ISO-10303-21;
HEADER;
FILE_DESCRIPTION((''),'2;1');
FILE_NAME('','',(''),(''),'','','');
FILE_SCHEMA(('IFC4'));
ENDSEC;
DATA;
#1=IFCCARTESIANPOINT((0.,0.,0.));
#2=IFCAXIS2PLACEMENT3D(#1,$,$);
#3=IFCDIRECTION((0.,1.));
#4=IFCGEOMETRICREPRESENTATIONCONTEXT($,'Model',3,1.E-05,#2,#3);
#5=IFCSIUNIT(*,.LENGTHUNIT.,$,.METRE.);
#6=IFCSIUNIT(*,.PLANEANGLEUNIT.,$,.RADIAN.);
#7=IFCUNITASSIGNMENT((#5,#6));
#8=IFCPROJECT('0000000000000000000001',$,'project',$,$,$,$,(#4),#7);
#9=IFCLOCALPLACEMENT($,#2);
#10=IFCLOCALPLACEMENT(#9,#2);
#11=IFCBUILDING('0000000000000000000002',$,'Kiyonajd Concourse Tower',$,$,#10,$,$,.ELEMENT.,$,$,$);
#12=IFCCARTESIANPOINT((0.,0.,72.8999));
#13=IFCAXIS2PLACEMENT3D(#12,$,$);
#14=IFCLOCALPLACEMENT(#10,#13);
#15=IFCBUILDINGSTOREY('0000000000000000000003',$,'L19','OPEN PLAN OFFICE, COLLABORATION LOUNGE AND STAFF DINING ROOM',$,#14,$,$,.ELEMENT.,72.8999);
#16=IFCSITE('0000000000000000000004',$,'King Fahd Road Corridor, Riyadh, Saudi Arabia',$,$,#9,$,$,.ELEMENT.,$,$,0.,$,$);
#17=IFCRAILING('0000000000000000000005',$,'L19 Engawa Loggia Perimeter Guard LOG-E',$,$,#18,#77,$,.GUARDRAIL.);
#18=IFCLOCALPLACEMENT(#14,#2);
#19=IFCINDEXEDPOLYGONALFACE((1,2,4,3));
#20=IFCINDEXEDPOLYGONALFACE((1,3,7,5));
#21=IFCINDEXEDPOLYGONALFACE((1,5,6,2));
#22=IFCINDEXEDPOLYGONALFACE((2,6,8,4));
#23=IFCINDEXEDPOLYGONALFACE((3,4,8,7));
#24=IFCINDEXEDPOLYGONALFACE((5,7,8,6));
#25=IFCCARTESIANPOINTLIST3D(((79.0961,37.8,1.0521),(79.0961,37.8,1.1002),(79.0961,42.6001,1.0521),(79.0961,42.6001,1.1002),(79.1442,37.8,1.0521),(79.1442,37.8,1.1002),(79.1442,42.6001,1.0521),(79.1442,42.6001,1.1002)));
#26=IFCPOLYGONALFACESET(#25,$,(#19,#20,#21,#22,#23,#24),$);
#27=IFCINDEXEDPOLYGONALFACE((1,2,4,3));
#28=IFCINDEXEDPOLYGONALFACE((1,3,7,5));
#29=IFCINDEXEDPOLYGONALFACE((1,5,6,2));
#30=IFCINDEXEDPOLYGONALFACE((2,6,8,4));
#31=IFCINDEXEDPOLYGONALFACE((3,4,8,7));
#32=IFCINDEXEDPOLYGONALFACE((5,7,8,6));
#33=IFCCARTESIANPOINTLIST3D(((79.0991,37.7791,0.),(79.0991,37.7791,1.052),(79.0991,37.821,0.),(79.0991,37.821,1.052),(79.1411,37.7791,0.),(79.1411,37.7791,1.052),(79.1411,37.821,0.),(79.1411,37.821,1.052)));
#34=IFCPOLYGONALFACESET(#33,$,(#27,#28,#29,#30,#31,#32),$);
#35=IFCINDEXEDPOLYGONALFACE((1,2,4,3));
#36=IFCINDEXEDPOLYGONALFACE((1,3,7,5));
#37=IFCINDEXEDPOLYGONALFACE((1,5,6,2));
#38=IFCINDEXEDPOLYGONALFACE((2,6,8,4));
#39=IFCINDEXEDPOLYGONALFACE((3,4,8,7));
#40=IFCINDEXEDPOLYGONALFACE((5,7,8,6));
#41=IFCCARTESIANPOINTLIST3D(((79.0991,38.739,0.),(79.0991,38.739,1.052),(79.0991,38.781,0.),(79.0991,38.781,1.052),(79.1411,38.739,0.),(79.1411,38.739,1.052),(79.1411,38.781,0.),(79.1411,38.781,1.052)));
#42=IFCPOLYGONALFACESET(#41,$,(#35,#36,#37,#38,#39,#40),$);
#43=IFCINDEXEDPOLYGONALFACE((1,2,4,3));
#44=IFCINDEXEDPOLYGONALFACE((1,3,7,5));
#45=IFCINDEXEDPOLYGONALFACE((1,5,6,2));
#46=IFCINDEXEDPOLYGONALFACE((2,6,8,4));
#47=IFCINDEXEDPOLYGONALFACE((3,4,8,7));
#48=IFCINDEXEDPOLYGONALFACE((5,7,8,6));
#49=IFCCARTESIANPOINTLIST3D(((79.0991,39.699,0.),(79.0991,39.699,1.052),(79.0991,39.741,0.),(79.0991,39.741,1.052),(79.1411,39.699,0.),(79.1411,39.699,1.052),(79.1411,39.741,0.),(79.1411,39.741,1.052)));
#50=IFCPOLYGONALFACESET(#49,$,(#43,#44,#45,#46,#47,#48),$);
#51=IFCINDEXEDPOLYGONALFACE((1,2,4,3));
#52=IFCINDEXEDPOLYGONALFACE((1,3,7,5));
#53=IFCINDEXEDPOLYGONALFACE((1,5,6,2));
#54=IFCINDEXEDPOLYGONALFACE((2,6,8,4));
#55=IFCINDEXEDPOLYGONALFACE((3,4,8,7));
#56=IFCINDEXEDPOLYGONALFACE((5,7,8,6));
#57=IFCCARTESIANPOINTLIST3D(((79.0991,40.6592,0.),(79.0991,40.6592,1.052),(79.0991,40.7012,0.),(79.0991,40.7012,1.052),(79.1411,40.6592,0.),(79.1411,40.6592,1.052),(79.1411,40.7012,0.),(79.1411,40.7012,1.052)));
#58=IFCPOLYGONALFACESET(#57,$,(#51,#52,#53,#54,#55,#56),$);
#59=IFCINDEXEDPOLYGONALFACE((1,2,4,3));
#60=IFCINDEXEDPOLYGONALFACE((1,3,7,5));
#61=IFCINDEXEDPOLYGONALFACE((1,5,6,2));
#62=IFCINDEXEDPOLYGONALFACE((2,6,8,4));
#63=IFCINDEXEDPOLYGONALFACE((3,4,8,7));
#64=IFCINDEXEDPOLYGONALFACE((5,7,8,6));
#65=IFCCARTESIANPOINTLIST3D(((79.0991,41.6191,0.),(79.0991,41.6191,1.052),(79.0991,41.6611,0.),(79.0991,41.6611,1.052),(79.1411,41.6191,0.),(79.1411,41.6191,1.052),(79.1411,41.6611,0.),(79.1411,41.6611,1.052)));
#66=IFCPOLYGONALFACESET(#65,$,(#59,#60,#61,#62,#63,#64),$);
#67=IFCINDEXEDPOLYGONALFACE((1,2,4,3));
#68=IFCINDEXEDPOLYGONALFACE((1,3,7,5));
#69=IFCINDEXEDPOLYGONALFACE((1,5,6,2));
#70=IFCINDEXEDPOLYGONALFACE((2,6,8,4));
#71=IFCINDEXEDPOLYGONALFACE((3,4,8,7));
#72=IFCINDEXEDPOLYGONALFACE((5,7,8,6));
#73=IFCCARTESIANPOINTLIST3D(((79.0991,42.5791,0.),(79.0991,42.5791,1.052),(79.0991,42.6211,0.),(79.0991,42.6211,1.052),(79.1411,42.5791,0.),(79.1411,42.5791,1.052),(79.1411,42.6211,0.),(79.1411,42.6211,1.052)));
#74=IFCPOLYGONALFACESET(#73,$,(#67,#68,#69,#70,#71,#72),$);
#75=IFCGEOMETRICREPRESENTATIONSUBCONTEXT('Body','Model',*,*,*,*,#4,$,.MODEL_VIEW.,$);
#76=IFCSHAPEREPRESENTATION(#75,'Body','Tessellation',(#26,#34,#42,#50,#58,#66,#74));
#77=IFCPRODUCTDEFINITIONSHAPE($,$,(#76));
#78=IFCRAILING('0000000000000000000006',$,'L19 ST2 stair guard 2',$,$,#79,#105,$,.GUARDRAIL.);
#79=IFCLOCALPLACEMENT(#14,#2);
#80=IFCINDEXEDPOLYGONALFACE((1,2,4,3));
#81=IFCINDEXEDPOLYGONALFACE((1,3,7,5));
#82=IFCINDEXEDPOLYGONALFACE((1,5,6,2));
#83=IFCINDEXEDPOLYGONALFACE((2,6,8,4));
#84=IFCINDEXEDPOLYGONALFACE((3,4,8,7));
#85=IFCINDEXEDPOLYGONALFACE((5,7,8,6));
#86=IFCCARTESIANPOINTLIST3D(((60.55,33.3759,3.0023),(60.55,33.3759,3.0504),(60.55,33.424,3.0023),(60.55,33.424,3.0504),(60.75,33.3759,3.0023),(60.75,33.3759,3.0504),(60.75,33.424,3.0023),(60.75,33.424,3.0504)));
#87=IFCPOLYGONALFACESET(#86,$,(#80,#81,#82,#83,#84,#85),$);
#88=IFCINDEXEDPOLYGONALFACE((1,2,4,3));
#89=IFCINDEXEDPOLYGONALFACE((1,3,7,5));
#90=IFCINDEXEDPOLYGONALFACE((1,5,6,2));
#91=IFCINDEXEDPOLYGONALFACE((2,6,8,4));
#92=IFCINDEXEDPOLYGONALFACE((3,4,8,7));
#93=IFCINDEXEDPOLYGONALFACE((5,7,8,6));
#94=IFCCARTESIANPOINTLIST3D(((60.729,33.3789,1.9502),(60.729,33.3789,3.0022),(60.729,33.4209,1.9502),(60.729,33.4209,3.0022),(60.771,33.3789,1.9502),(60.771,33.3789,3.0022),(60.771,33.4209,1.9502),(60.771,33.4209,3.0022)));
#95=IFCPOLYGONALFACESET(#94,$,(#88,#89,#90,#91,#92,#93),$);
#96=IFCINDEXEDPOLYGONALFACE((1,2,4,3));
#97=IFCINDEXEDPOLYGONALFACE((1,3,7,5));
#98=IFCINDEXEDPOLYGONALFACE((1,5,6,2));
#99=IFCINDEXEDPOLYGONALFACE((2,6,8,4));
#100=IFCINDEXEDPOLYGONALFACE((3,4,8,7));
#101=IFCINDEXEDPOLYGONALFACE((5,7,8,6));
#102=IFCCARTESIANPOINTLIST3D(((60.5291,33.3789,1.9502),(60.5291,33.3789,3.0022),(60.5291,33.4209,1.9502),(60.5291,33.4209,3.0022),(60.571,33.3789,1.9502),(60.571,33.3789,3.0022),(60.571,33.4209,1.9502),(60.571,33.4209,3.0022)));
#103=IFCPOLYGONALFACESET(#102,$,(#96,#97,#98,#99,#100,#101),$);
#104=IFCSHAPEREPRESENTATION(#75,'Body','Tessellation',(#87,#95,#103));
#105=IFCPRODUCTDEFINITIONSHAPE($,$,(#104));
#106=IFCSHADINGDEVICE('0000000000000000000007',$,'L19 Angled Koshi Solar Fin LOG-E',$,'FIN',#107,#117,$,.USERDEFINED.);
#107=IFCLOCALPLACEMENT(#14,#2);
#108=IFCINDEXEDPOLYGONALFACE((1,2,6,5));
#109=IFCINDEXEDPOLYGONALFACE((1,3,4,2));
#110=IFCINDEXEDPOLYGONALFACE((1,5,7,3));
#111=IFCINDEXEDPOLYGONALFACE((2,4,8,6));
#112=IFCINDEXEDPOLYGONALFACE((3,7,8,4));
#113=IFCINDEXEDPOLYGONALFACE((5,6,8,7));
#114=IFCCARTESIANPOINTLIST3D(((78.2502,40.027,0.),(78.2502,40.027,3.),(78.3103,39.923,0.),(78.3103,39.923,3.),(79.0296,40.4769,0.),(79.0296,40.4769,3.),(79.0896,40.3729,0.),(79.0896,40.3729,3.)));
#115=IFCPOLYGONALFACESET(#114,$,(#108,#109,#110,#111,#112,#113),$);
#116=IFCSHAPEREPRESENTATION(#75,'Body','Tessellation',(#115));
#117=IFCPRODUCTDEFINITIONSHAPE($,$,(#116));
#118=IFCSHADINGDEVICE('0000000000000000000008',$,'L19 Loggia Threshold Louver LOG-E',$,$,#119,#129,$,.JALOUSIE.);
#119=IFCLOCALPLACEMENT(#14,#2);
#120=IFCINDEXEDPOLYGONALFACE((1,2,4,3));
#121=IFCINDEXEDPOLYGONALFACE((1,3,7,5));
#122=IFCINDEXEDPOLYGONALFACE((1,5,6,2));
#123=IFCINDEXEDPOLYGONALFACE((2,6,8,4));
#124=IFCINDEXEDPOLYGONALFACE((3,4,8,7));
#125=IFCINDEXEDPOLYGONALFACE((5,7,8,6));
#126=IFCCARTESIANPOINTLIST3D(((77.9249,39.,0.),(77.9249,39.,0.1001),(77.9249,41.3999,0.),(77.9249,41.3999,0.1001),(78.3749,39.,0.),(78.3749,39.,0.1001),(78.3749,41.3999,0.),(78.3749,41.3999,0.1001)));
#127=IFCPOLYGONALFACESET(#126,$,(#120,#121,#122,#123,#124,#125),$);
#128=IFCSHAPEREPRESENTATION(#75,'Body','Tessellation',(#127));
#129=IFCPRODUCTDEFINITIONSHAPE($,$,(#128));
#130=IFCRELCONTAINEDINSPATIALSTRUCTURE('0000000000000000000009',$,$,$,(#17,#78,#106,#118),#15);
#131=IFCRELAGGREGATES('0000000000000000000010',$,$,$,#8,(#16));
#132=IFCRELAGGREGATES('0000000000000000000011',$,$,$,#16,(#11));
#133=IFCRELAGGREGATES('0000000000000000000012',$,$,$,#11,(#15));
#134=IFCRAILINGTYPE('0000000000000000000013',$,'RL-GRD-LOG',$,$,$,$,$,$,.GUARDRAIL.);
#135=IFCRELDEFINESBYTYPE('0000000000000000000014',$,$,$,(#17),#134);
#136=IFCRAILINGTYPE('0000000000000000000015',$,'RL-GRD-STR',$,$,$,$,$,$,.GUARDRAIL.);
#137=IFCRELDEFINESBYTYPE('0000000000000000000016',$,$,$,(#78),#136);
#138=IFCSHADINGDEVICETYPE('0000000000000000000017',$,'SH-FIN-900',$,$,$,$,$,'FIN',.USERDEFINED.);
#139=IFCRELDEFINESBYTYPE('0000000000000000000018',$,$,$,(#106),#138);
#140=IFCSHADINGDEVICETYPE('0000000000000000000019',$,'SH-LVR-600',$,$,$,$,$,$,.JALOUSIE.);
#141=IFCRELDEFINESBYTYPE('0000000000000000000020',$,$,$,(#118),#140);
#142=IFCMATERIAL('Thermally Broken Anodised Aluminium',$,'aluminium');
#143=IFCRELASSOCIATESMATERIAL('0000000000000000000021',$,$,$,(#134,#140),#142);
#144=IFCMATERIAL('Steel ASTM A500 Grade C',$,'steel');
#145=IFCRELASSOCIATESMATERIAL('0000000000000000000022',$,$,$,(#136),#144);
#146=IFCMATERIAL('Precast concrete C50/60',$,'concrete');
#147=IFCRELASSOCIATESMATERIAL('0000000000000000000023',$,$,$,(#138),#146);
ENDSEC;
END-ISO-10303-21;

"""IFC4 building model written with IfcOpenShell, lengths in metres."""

from ifc_helpers import new_model, si_unit, direction, frame, origin, origin_2d, place, context, subcontext, project, spatial, rectangle, extrude, material, type_object, element, save


model = new_model("IFC4")

# Units and contexts
model_context = context("Model", 3, precision=1e-05, world=origin(), true_north=direction((0.0, 1.0)))
body_context = subcontext(model_context, "Body", "Model", "MODEL_VIEW")
ifc_project = project(units=[si_unit("LENGTHUNIT", "METRE"), si_unit("PLANEANGLEUNIT", "RADIAN")], contexts=[model_context])

# Site, building, storey
site_placement = place(None, origin())
site = spatial("IfcSite", under=ifc_project, at=site_placement, Name="King Fahd Road Corridor, Riyadh, Saudi Arabia", CompositionType="ELEMENT", RefElevation=0.0)
building_placement = place(site_placement, origin())
building = spatial("IfcBuilding", under=site, at=building_placement, Name="Kiyonajd Concourse Tower", CompositionType="ELEMENT")
storey_placement = place(building_placement, frame((0.0, 0.0, 72.8999)))
storey = spatial("IfcBuildingStorey", under=building, at=storey_placement, Name="L19", Description="OPEN PLAN OFFICE, COLLABORATION LOUNGE AND STAFF DINING ROOM", CompositionType="ELEMENT", Elevation=72.8999)

# Shared definitions
ifc_material_1 = material(Name="Precast concrete C50/60", Category="concrete")

# Shared definitions
ifc_material_2 = material(Name="Thermally Broken Anodised Aluminium", Category="aluminium")

# Railings
railing_type_1 = type_object("IfcRailingType", Name="RL-GRD-LOG", PredefinedType="GUARDRAIL", material=ifc_material_2)
railing_1_placement = place(storey_placement, frame((79.1201, 37.8, 0.0)))
element("IfcRailing", 1, at=railing_1_placement, inside=storey, type_object=railing_type_1, Name="L19 Engawa Loggia Perimeter Guard LOG-E", PredefinedType="GUARDRAIL", context=body_context, shape_type="SweptSolid", body=[
    extrude(rectangle(XDim=0.0481, YDim=0.0481, at=origin_2d()), frame((0.0, 0.0, 1.0762), z_axis=(0.0, 1.0, 0.0), x_axis=(-1.0, 0.0, 0.0)), (0.0, 0.0, 1.0), 4.8),
    extrude(rectangle(XDim=0.042, YDim=0.042, at=origin_2d()), origin(), (0.0, 0.0, 1.0), 1.052),
    extrude(rectangle(XDim=0.042, YDim=0.042, at=origin_2d()), frame((0.0, 0.96, 0.0)), (0.0, 0.0, 1.0), 1.052),
    extrude(rectangle(XDim=0.042, YDim=0.042, at=origin_2d()), frame((0.0, 1.9199, 0.0)), (0.0, 0.0, 1.0), 1.052),
    extrude(rectangle(XDim=0.042, YDim=0.042, at=origin_2d()), frame((0.0, 2.8801, 0.0)), (0.0, 0.0, 1.0), 1.052),
    extrude(rectangle(XDim=0.042, YDim=0.042, at=origin_2d()), frame((0.0, 3.8401, 0.0)), (0.0, 0.0, 1.0), 1.052),
    extrude(rectangle(XDim=0.042, YDim=0.042, at=origin_2d()), frame((0.0, 4.8, 0.0)), (0.0, 0.0, 1.0), 1.052),
])
ifc_material_3 = material(Name="Steel ASTM A500 Grade C", Category="steel")
railing_type_2 = type_object("IfcRailingType", Name="RL-GRD-STR", PredefinedType="GUARDRAIL", material=ifc_material_3)
railing_2_placement = place(storey_placement, frame((60.75, 33.3999, 1.9502)))
element("IfcRailing", 2, at=railing_2_placement, inside=storey, type_object=railing_type_2, Name="L19 ST2 stair guard 2", PredefinedType="GUARDRAIL", context=body_context, shape_type="SweptSolid", body=[
    extrude(rectangle(XDim=0.0481, YDim=0.0481, at=origin_2d()), frame((0.0, 0.0, 1.0762), z_axis=(-1.0, 0.0, 0.0), x_axis=(0.0, -1.0, 0.0)), (0.0, 0.0, 1.0), 0.2),
    extrude(rectangle(XDim=0.042, YDim=0.042, at=origin_2d()), origin(), (0.0, 0.0, 1.0), 1.052),
    extrude(rectangle(XDim=0.042, YDim=0.042, at=origin_2d()), frame((-0.2, 0.0, 0.0)), (0.0, 0.0, 1.0), 1.052),
])

# Shading devices
shading_device_type_1 = type_object("IfcShadingDeviceType", Name="SH-FIN-900", ElementType="FIN", PredefinedType="USERDEFINED", material=ifc_material_1)
shading_device_1_placement = place(storey_placement, frame((78.6699, 40.2, 0.0), z_axis=(0.0, 0.0, 1.0), x_axis=(0.866025, 0.5, 0.0)))
element("IfcShadingDevice", 3, at=shading_device_1_placement, inside=storey, type_object=shading_device_type_1, Name="L19 Angled Koshi Solar Fin LOG-E", ObjectType="FIN", PredefinedType="USERDEFINED", context=body_context, shape_type="SweptSolid", body=[
    extrude(rectangle(XDim=0.8999, YDim=0.1201, at=origin_2d()), origin(), (0.0, 0.0, 1.0), 3.0),
])
shading_device_type_2 = type_object("IfcShadingDeviceType", Name="SH-LVR-600", PredefinedType="JALOUSIE", material=ifc_material_2)
shading_device_2_placement = place(storey_placement, frame((78.1499, 40.2, 0.0), z_axis=(0.0, 0.0, 1.0), x_axis=(0.0, 1.0, 0.0)))
element("IfcShadingDevice", 4, at=shading_device_2_placement, inside=storey, type_object=shading_device_type_2, Name="L19 Loggia Threshold Louver LOG-E", PredefinedType="JALOUSIE", context=body_context, shape_type="SweptSolid", body=[
    extrude(rectangle(XDim=2.3999, YDim=0.45, at=origin_2d()), origin(), (0.0, 0.0, 1.0), 0.1001),
])

save(model, "model.ifc")
